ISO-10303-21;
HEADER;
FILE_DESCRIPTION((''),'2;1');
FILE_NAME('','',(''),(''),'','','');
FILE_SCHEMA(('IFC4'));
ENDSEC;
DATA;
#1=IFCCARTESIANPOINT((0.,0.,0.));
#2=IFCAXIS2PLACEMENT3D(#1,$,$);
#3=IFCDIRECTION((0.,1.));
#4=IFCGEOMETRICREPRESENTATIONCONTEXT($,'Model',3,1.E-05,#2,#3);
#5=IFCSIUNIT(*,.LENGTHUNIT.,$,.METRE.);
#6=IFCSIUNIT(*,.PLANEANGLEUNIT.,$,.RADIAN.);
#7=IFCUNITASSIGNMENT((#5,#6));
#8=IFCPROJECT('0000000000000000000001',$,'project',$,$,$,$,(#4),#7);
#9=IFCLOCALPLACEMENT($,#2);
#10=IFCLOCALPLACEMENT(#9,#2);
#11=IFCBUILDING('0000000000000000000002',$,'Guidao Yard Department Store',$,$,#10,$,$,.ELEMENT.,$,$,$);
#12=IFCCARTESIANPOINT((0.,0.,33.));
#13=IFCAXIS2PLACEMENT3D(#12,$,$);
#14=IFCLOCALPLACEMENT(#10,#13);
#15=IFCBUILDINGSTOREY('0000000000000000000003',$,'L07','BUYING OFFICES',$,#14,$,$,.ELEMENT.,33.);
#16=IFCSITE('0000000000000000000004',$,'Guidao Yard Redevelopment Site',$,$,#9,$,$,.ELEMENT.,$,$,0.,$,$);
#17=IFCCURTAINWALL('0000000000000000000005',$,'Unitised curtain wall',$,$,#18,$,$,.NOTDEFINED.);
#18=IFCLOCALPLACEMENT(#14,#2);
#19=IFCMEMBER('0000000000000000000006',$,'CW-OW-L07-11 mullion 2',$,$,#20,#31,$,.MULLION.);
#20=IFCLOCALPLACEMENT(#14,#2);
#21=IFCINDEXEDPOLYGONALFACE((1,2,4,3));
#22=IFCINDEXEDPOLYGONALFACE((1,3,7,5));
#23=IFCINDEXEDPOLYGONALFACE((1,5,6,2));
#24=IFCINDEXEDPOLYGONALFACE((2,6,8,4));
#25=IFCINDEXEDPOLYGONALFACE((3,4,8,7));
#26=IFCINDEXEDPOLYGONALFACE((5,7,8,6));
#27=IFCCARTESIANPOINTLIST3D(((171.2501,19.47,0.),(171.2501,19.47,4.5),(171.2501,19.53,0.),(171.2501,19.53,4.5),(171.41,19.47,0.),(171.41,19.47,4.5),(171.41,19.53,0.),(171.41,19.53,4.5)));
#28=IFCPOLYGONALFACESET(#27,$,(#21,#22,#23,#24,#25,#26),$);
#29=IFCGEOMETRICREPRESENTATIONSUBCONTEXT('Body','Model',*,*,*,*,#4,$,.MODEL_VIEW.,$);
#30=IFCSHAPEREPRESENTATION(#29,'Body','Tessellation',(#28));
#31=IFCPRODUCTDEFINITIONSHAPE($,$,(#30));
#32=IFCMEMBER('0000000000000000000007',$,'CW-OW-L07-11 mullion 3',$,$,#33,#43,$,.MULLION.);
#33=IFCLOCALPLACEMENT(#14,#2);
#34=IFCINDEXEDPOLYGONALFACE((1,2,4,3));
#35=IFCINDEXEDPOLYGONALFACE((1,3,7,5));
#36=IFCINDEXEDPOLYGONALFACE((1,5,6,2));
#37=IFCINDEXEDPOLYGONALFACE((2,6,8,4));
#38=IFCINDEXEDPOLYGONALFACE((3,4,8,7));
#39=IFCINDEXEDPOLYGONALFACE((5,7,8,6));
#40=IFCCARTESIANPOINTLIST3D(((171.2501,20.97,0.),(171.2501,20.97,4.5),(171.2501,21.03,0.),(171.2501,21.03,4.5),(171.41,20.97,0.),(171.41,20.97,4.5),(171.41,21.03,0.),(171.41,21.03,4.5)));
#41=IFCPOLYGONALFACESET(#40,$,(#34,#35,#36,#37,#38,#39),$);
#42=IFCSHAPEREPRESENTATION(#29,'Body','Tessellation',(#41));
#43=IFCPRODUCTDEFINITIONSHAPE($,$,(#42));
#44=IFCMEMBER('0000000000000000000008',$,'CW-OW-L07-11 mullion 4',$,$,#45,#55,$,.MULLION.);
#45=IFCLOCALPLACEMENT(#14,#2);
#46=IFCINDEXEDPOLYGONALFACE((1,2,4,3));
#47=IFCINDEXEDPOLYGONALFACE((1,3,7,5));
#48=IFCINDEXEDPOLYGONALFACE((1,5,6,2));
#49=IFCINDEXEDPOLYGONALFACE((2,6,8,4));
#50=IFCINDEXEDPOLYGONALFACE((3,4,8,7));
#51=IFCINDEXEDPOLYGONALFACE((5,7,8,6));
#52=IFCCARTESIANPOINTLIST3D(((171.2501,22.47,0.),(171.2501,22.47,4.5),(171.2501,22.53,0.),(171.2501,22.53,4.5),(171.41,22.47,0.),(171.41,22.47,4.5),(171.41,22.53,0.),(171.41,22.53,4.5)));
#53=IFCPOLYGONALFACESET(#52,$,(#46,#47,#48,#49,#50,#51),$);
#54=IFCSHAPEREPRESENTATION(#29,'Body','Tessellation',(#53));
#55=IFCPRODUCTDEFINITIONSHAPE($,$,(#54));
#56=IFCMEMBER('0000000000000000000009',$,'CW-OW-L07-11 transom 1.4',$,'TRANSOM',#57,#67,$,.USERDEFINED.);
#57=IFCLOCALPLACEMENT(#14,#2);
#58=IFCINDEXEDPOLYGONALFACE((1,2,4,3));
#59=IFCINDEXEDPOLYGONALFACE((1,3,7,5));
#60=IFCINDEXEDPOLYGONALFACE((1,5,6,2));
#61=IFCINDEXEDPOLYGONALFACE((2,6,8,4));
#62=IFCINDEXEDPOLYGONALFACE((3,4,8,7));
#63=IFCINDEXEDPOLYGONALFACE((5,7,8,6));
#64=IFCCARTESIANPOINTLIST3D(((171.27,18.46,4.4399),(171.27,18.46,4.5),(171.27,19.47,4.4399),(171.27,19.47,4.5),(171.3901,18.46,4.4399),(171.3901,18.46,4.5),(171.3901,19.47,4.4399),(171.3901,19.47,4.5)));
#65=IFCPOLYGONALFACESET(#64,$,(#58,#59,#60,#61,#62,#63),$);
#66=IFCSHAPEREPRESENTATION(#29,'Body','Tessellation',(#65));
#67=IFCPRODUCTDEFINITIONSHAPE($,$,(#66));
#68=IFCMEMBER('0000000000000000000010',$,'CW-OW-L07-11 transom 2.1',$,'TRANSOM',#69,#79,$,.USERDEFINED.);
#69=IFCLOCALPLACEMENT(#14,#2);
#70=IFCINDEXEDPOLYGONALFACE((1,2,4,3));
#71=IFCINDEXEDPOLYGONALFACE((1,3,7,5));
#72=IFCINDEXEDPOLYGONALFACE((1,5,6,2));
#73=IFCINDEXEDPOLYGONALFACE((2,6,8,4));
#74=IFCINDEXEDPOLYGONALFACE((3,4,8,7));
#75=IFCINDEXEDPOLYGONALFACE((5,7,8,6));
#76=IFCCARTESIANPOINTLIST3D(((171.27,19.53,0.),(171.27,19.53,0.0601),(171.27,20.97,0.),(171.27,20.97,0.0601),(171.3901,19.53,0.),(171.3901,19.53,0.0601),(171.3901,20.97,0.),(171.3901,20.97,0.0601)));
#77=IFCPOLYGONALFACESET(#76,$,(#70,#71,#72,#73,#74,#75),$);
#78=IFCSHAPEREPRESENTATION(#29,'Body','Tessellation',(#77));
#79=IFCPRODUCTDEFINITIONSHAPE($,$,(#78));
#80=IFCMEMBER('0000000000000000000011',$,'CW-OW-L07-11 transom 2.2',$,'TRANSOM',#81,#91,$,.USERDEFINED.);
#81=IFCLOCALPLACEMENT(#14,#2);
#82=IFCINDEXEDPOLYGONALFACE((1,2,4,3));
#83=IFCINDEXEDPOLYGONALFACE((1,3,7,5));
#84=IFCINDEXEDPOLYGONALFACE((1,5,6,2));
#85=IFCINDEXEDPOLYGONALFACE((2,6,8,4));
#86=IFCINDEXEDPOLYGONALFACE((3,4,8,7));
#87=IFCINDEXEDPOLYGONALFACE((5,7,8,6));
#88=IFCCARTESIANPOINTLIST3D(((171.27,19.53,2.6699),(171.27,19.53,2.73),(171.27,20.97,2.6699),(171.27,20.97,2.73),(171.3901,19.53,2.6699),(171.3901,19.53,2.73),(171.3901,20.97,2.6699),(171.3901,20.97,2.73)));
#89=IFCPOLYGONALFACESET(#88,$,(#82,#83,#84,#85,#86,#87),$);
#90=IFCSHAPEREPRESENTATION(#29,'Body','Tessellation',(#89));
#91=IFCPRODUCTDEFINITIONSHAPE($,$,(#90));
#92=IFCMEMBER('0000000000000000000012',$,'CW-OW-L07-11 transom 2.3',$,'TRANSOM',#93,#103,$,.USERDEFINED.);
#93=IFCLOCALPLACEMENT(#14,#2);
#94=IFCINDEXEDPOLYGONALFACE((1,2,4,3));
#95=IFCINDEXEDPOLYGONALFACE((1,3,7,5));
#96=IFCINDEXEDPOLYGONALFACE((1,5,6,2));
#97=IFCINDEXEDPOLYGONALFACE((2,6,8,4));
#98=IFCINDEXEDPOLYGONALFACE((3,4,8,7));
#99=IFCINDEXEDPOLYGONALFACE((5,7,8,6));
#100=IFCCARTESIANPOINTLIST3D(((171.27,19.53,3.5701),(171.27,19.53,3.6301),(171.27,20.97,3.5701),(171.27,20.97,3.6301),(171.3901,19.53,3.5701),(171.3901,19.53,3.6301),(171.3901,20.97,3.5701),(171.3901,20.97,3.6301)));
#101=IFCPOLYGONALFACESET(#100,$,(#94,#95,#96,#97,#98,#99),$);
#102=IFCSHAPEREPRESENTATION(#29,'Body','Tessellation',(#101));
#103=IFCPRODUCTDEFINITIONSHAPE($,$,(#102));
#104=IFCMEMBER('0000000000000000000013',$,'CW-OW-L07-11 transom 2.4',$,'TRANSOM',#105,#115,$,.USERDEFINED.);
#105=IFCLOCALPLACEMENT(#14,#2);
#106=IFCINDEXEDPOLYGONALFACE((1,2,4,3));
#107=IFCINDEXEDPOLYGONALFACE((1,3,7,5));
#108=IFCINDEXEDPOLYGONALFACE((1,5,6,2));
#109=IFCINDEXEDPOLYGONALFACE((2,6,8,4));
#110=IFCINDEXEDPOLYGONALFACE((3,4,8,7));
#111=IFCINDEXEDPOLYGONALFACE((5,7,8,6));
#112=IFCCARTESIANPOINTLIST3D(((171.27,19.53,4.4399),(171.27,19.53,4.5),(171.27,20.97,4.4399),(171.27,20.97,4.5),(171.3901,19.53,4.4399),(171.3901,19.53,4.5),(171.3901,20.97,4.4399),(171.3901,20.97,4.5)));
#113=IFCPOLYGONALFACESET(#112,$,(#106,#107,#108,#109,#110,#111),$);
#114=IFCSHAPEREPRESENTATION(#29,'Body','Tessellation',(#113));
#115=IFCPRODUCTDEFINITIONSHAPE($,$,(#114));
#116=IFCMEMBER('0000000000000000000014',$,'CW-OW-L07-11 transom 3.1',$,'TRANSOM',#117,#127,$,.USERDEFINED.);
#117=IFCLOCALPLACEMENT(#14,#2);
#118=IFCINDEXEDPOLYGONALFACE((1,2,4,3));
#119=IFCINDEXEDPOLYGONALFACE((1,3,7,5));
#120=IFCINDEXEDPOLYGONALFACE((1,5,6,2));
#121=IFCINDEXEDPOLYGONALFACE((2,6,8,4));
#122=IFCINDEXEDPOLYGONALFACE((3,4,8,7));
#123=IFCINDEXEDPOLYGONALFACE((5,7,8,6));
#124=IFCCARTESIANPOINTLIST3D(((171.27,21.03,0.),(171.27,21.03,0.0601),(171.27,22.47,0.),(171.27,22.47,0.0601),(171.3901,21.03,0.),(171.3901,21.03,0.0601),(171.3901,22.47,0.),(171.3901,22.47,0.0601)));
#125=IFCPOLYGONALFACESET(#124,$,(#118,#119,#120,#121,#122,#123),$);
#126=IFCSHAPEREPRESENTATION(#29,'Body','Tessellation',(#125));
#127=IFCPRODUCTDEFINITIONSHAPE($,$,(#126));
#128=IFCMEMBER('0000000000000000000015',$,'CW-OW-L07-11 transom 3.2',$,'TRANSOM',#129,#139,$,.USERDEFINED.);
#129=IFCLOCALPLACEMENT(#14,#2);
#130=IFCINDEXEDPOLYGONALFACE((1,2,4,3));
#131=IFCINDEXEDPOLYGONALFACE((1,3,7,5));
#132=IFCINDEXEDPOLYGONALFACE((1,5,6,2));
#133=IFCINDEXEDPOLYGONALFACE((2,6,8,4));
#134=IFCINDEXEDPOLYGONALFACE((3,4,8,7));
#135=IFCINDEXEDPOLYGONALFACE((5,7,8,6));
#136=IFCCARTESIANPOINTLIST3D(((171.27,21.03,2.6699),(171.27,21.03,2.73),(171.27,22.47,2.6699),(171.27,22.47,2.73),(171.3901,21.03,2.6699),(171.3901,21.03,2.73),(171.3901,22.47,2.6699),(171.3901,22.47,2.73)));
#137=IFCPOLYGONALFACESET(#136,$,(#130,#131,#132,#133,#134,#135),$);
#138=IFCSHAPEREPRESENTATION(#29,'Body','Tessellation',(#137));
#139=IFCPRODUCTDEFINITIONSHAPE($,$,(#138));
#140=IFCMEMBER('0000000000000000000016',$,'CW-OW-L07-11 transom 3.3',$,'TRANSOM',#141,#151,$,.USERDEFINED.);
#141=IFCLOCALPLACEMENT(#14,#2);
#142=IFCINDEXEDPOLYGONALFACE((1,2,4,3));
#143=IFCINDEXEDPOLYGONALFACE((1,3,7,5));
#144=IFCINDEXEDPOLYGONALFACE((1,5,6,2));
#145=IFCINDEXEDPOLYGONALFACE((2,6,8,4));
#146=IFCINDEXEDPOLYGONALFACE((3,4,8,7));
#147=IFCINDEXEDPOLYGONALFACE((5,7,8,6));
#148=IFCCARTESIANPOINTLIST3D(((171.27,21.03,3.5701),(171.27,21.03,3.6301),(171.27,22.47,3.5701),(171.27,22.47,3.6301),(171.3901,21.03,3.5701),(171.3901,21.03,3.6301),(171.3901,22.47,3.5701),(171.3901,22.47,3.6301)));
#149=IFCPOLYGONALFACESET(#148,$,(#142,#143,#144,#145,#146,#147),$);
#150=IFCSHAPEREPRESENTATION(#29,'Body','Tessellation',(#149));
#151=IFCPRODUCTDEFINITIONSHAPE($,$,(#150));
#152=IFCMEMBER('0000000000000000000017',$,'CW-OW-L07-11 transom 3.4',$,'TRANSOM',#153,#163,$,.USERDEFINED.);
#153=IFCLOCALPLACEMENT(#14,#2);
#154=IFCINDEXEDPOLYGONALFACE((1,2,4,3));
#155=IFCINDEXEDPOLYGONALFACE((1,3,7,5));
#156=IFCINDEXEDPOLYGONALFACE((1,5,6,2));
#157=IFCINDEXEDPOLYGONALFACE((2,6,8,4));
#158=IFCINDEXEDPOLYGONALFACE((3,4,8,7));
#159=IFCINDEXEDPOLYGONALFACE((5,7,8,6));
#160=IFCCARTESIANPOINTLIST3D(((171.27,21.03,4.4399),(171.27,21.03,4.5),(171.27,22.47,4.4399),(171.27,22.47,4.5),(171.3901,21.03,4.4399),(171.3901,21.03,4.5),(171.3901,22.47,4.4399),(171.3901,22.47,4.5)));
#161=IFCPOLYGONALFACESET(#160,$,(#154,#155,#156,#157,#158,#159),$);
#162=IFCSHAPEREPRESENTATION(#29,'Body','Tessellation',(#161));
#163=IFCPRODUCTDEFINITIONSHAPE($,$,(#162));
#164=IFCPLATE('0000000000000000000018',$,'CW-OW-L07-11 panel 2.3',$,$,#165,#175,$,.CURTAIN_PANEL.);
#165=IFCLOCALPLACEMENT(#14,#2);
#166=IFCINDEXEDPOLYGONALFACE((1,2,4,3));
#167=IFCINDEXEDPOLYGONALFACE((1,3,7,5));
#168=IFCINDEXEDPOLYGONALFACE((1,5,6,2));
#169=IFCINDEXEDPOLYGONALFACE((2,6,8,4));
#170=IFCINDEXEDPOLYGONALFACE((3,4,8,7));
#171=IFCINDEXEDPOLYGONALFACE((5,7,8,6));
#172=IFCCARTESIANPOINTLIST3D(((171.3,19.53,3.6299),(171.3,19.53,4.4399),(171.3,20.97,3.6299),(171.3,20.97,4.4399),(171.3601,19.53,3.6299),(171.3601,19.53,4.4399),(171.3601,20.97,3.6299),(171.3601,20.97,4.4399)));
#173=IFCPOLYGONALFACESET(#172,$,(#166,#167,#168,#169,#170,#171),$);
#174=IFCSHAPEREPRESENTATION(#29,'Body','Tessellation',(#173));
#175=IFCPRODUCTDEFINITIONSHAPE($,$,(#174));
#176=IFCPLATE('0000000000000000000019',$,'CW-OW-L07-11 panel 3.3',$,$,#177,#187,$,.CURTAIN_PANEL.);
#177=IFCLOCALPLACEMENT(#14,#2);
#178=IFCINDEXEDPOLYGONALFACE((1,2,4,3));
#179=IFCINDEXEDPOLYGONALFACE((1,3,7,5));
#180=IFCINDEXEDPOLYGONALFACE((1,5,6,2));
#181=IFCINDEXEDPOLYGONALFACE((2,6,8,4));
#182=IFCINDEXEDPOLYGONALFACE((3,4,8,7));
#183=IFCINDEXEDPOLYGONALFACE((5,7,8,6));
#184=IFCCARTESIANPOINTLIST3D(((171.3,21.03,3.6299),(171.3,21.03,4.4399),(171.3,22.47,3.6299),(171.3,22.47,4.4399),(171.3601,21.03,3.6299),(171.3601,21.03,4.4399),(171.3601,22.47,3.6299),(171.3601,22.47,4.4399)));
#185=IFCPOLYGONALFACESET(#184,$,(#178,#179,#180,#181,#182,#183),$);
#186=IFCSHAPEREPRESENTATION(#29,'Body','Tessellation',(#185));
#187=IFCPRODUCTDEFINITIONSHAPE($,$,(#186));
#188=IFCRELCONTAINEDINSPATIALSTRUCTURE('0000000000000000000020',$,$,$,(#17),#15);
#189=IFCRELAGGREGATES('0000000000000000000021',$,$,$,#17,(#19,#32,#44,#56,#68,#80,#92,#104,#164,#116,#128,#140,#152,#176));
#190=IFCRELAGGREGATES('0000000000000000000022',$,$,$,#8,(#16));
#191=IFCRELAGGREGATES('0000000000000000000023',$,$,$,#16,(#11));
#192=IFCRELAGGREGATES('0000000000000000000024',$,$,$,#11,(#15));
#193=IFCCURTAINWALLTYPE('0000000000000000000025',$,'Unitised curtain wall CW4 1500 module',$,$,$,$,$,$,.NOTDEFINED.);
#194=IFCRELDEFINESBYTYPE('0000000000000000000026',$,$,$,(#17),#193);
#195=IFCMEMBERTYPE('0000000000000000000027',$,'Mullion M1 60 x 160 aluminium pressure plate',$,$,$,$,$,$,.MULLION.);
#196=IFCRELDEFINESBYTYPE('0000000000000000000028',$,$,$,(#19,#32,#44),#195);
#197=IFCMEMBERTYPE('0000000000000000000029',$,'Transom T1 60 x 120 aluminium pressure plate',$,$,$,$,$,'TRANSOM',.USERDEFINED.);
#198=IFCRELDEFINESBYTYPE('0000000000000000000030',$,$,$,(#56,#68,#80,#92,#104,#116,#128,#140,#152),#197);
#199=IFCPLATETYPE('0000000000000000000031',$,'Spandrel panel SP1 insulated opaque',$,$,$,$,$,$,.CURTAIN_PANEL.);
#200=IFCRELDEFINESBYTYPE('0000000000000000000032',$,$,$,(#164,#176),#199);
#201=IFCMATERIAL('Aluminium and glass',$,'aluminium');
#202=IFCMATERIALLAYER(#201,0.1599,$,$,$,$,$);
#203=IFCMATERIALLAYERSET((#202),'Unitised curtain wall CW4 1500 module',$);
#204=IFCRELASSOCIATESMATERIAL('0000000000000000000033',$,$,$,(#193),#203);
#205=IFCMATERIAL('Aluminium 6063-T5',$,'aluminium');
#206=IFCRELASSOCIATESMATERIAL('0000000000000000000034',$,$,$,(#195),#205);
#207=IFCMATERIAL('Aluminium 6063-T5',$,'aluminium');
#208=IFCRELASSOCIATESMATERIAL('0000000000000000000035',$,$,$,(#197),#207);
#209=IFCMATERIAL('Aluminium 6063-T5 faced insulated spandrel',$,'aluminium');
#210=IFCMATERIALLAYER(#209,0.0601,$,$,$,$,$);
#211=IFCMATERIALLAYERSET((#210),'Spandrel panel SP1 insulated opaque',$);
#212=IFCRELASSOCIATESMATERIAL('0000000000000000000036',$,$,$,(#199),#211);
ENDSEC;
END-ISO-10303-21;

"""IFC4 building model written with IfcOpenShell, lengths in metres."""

from ifc_helpers import new_model, si_unit, direction, frame, origin, origin_2d, place, context, subcontext, project, spatial, rectangle, extrude, material, layer, layer_set, material_profile, profile_set, type_object, element, aggregate, save


model = new_model("IFC4")

# Units and contexts
model_context = context("Model", 3, precision=1e-05, world=origin(), true_north=direction((0.0, 1.0)))
body_context = subcontext(model_context, "Body", "Model", "MODEL_VIEW")
ifc_project = project(units=[si_unit("LENGTHUNIT", "METRE"), si_unit("PLANEANGLEUNIT", "RADIAN")], contexts=[model_context])

# Site, building, storey
site_placement = place(None, origin())
site = spatial("IfcSite", under=ifc_project, at=site_placement, Name="Guidao Yard Redevelopment Site", CompositionType="ELEMENT", RefElevation=0.0)
building_placement = place(site_placement, origin())
building = spatial("IfcBuilding", under=site, at=building_placement, Name="Guidao Yard Department Store", CompositionType="ELEMENT")
storey_placement = place(building_placement, frame((0.0, 0.0, 33.0)))
storey = spatial("IfcBuildingStorey", under=building, at=storey_placement, Name="L07", Description="BUYING OFFICES", CompositionType="ELEMENT", Elevation=33.0)

# Curtain wall, members, plates
ifc_material_1 = material(Name="Aluminium and glass", Category="aluminium")
ifc_layer_1 = layer(ifc_material_1, 0.1599)
ifc_layer_set_1 = layer_set([ifc_layer_1], Name="Unitised curtain wall CW4 1500 module")
curtain_wall_type = type_object("IfcCurtainWallType", Name="Unitised curtain wall CW4 1500 module", PredefinedType="NOTDEFINED", material=ifc_layer_set_1)
curtain_wall_placement = place(storey_placement, origin())
curtain_wall = element("IfcCurtainWall", 1, at=curtain_wall_placement, inside=storey, type_object=curtain_wall_type, Name="Unitised curtain wall", PredefinedType="NOTDEFINED")
ifc_material_2 = material(Name="Aluminium 6063-T5", Category="aluminium")
ifc_material_profile_1 = material_profile(ifc_material_2, rectangle(XDim=0.0601, YDim=0.1599, at=origin_2d()), Name="Mullion M1 60 x 160 aluminium pressure plate")
ifc_profile_set_1 = profile_set([ifc_material_profile_1], Name="Aluminium 6063-T5")
member_type_1 = type_object("IfcMemberType", Name="Mullion M1 60 x 160 aluminium pressure plate", PredefinedType="MULLION", material=ifc_profile_set_1)
member_1_placement = place(storey_placement, frame((171.3301, 19.5, 0.0), z_axis=(0.0, 0.0, 1.0), x_axis=(0.0, -1.0, 0.0)))
member_1 = element("IfcMember", 2, at=member_1_placement, type_object=member_type_1, Name="CW-OW-L07-11 mullion 2", PredefinedType="MULLION", context=body_context, shape_type="SweptSolid", body=[
    extrude(rectangle(XDim=0.0601, YDim=0.1599, at=origin_2d()), origin(), (0.0, 0.0, 1.0), 4.5),
])
member_2_placement = place(storey_placement, frame((171.3301, 21.0, 0.0), z_axis=(0.0, 0.0, 1.0), x_axis=(0.0, -1.0, 0.0)))
member_2 = element("IfcMember", 3, at=member_2_placement, type_object=member_type_1, Name="CW-OW-L07-11 mullion 3", PredefinedType="MULLION", context=body_context, shape_type="SweptSolid", body=[
    extrude(rectangle(XDim=0.0601, YDim=0.1599, at=origin_2d()), origin(), (0.0, 0.0, 1.0), 4.5),
])
member_3_placement = place(storey_placement, frame((171.3301, 22.5, 0.0), z_axis=(0.0, 0.0, 1.0), x_axis=(0.0, -1.0, 0.0)))
member_3 = element("IfcMember", 4, at=member_3_placement, type_object=member_type_1, Name="CW-OW-L07-11 mullion 4", PredefinedType="MULLION", context=body_context, shape_type="SweptSolid", body=[
    extrude(rectangle(XDim=0.0601, YDim=0.1599, at=origin_2d()), origin(), (0.0, 0.0, 1.0), 4.5),
])
ifc_material_3 = material(Name="Aluminium 6063-T5", Category="aluminium")
ifc_material_profile_2 = material_profile(ifc_material_3, rectangle(XDim=0.1201, YDim=0.0601, at=origin_2d()), Name="Transom T1 60 x 120 aluminium pressure plate")
ifc_profile_set_2 = profile_set([ifc_material_profile_2], Name="Aluminium 6063-T5")
member_type_2 = type_object("IfcMemberType", Name="Transom T1 60 x 120 aluminium pressure plate", ElementType="TRANSOM", PredefinedType="USERDEFINED", material=ifc_profile_set_2)
member_4_placement = place(storey_placement, frame((171.3301, 19.47, 4.47), z_axis=(0.0, -1.0, 0.0), x_axis=(1.0, 0.0, 0.0)))
member_4 = element("IfcMember", 5, at=member_4_placement, type_object=member_type_2, Name="CW-OW-L07-11 transom 1.4", ObjectType="TRANSOM", PredefinedType="USERDEFINED", context=body_context, shape_type="SweptSolid", body=[
    extrude(rectangle(XDim=0.1201, YDim=0.0601, at=origin_2d()), origin(), (0.0, 0.0, 1.0), 1.01),
])
member_5_placement = place(storey_placement, frame((171.3301, 20.97, 0.03), z_axis=(0.0, -1.0, 0.0), x_axis=(1.0, 0.0, 0.0)))
member_5 = element("IfcMember", 6, at=member_5_placement, type_object=member_type_2, Name="CW-OW-L07-11 transom 2.1", ObjectType="TRANSOM", PredefinedType="USERDEFINED", context=body_context, shape_type="SweptSolid", body=[
    extrude(rectangle(XDim=0.1201, YDim=0.0601, at=origin_2d()), origin(), (0.0, 0.0, 1.0), 1.4399),
])
member_6_placement = place(storey_placement, frame((171.3301, 20.97, 2.7), z_axis=(0.0, -1.0, 0.0), x_axis=(1.0, 0.0, 0.0)))
member_6 = element("IfcMember", 7, at=member_6_placement, type_object=member_type_2, Name="CW-OW-L07-11 transom 2.2", ObjectType="TRANSOM", PredefinedType="USERDEFINED", context=body_context, shape_type="SweptSolid", body=[
    extrude(rectangle(XDim=0.1201, YDim=0.0601, at=origin_2d()), origin(), (0.0, 0.0, 1.0), 1.4399),
])
member_7_placement = place(storey_placement, frame((171.3301, 20.97, 3.6001), z_axis=(0.0, -1.0, 0.0), x_axis=(1.0, 0.0, 0.0)))
member_7 = element("IfcMember", 8, at=member_7_placement, type_object=member_type_2, Name="CW-OW-L07-11 transom 2.3", ObjectType="TRANSOM", PredefinedType="USERDEFINED", context=body_context, shape_type="SweptSolid", body=[
    extrude(rectangle(XDim=0.1201, YDim=0.0601, at=origin_2d()), origin(), (0.0, 0.0, 1.0), 1.4399),
])
member_8_placement = place(storey_placement, frame((171.3301, 20.97, 4.47), z_axis=(0.0, -1.0, 0.0), x_axis=(1.0, 0.0, 0.0)))
member_8 = element("IfcMember", 9, at=member_8_placement, type_object=member_type_2, Name="CW-OW-L07-11 transom 2.4", ObjectType="TRANSOM", PredefinedType="USERDEFINED", context=body_context, shape_type="SweptSolid", body=[
    extrude(rectangle(XDim=0.1201, YDim=0.0601, at=origin_2d()), origin(), (0.0, 0.0, 1.0), 1.4399),
])
member_9_placement = place(storey_placement, frame((171.3301, 22.47, 0.03), z_axis=(0.0, -1.0, 0.0), x_axis=(1.0, 0.0, 0.0)))
member_9 = element("IfcMember", 10, at=member_9_placement, type_object=member_type_2, Name="CW-OW-L07-11 transom 3.1", ObjectType="TRANSOM", PredefinedType="USERDEFINED", context=body_context, shape_type="SweptSolid", body=[
    extrude(rectangle(XDim=0.1201, YDim=0.0601, at=origin_2d()), origin(), (0.0, 0.0, 1.0), 1.4399),
])
member_10_placement = place(storey_placement, frame((171.3301, 22.47, 2.7), z_axis=(0.0, -1.0, 0.0), x_axis=(1.0, 0.0, 0.0)))
member_10 = element("IfcMember", 11, at=member_10_placement, type_object=member_type_2, Name="CW-OW-L07-11 transom 3.2", ObjectType="TRANSOM", PredefinedType="USERDEFINED", context=body_context, shape_type="SweptSolid", body=[
    extrude(rectangle(XDim=0.1201, YDim=0.0601, at=origin_2d()), origin(), (0.0, 0.0, 1.0), 1.4399),
])
member_11_placement = place(storey_placement, frame((171.3301, 22.47, 3.6001), z_axis=(0.0, -1.0, 0.0), x_axis=(1.0, 0.0, 0.0)))
member_11 = element("IfcMember", 12, at=member_11_placement, type_object=member_type_2, Name="CW-OW-L07-11 transom 3.3", ObjectType="TRANSOM", PredefinedType="USERDEFINED", context=body_context, shape_type="SweptSolid", body=[
    extrude(rectangle(XDim=0.1201, YDim=0.0601, at=origin_2d()), origin(), (0.0, 0.0, 1.0), 1.4399),
])
member_12_placement = place(storey_placement, frame((171.3301, 22.47, 4.47), z_axis=(0.0, -1.0, 0.0), x_axis=(1.0, 0.0, 0.0)))
member_12 = element("IfcMember", 13, at=member_12_placement, type_object=member_type_2, Name="CW-OW-L07-11 transom 3.4", ObjectType="TRANSOM", PredefinedType="USERDEFINED", context=body_context, shape_type="SweptSolid", body=[
    extrude(rectangle(XDim=0.1201, YDim=0.0601, at=origin_2d()), origin(), (0.0, 0.0, 1.0), 1.4399),
])
ifc_material_4 = material(Name="Aluminium 6063-T5 faced insulated spandrel", Category="aluminium")
ifc_layer_2 = layer(ifc_material_4, 0.0601)
ifc_layer_set_2 = layer_set([ifc_layer_2], Name="Spandrel panel SP1 insulated opaque")
plate_type_1 = type_object("IfcPlateType", Name="Spandrel panel SP1 insulated opaque", PredefinedType="CURTAIN_PANEL", material=ifc_layer_set_2)
plate_1_placement = place(storey_placement, frame((171.3301, 20.25, 3.6299), z_axis=(0.0, 0.0, 1.0), x_axis=(0.0, -1.0, 0.0)))
plate_1 = element("IfcPlate", 14, at=plate_1_placement, type_object=plate_type_1, Name="CW-OW-L07-11 panel 2.3", PredefinedType="CURTAIN_PANEL", context=body_context, shape_type="SweptSolid", body=[
    extrude(rectangle(XDim=1.4399, YDim=0.0601, at=origin_2d()), origin(), (0.0, 0.0, 1.0), 0.8101),
])
plate_2_placement = place(storey_placement, frame((171.3301, 21.75, 3.6299), z_axis=(0.0, 0.0, 1.0), x_axis=(0.0, -1.0, 0.0)))
plate_2 = element("IfcPlate", 15, at=plate_2_placement, type_object=plate_type_1, Name="CW-OW-L07-11 panel 3.3", PredefinedType="CURTAIN_PANEL", context=body_context, shape_type="SweptSolid", body=[
    extrude(rectangle(XDim=1.4399, YDim=0.0601, at=origin_2d()), origin(), (0.0, 0.0, 1.0), 0.8101),
])
aggregate(curtain_wall, [member_1, member_2, member_3, member_4, member_5, member_6, member_7, member_8, plate_1, member_9, member_10, member_11, member_12, plate_2])

save(model, "model.ifc")
